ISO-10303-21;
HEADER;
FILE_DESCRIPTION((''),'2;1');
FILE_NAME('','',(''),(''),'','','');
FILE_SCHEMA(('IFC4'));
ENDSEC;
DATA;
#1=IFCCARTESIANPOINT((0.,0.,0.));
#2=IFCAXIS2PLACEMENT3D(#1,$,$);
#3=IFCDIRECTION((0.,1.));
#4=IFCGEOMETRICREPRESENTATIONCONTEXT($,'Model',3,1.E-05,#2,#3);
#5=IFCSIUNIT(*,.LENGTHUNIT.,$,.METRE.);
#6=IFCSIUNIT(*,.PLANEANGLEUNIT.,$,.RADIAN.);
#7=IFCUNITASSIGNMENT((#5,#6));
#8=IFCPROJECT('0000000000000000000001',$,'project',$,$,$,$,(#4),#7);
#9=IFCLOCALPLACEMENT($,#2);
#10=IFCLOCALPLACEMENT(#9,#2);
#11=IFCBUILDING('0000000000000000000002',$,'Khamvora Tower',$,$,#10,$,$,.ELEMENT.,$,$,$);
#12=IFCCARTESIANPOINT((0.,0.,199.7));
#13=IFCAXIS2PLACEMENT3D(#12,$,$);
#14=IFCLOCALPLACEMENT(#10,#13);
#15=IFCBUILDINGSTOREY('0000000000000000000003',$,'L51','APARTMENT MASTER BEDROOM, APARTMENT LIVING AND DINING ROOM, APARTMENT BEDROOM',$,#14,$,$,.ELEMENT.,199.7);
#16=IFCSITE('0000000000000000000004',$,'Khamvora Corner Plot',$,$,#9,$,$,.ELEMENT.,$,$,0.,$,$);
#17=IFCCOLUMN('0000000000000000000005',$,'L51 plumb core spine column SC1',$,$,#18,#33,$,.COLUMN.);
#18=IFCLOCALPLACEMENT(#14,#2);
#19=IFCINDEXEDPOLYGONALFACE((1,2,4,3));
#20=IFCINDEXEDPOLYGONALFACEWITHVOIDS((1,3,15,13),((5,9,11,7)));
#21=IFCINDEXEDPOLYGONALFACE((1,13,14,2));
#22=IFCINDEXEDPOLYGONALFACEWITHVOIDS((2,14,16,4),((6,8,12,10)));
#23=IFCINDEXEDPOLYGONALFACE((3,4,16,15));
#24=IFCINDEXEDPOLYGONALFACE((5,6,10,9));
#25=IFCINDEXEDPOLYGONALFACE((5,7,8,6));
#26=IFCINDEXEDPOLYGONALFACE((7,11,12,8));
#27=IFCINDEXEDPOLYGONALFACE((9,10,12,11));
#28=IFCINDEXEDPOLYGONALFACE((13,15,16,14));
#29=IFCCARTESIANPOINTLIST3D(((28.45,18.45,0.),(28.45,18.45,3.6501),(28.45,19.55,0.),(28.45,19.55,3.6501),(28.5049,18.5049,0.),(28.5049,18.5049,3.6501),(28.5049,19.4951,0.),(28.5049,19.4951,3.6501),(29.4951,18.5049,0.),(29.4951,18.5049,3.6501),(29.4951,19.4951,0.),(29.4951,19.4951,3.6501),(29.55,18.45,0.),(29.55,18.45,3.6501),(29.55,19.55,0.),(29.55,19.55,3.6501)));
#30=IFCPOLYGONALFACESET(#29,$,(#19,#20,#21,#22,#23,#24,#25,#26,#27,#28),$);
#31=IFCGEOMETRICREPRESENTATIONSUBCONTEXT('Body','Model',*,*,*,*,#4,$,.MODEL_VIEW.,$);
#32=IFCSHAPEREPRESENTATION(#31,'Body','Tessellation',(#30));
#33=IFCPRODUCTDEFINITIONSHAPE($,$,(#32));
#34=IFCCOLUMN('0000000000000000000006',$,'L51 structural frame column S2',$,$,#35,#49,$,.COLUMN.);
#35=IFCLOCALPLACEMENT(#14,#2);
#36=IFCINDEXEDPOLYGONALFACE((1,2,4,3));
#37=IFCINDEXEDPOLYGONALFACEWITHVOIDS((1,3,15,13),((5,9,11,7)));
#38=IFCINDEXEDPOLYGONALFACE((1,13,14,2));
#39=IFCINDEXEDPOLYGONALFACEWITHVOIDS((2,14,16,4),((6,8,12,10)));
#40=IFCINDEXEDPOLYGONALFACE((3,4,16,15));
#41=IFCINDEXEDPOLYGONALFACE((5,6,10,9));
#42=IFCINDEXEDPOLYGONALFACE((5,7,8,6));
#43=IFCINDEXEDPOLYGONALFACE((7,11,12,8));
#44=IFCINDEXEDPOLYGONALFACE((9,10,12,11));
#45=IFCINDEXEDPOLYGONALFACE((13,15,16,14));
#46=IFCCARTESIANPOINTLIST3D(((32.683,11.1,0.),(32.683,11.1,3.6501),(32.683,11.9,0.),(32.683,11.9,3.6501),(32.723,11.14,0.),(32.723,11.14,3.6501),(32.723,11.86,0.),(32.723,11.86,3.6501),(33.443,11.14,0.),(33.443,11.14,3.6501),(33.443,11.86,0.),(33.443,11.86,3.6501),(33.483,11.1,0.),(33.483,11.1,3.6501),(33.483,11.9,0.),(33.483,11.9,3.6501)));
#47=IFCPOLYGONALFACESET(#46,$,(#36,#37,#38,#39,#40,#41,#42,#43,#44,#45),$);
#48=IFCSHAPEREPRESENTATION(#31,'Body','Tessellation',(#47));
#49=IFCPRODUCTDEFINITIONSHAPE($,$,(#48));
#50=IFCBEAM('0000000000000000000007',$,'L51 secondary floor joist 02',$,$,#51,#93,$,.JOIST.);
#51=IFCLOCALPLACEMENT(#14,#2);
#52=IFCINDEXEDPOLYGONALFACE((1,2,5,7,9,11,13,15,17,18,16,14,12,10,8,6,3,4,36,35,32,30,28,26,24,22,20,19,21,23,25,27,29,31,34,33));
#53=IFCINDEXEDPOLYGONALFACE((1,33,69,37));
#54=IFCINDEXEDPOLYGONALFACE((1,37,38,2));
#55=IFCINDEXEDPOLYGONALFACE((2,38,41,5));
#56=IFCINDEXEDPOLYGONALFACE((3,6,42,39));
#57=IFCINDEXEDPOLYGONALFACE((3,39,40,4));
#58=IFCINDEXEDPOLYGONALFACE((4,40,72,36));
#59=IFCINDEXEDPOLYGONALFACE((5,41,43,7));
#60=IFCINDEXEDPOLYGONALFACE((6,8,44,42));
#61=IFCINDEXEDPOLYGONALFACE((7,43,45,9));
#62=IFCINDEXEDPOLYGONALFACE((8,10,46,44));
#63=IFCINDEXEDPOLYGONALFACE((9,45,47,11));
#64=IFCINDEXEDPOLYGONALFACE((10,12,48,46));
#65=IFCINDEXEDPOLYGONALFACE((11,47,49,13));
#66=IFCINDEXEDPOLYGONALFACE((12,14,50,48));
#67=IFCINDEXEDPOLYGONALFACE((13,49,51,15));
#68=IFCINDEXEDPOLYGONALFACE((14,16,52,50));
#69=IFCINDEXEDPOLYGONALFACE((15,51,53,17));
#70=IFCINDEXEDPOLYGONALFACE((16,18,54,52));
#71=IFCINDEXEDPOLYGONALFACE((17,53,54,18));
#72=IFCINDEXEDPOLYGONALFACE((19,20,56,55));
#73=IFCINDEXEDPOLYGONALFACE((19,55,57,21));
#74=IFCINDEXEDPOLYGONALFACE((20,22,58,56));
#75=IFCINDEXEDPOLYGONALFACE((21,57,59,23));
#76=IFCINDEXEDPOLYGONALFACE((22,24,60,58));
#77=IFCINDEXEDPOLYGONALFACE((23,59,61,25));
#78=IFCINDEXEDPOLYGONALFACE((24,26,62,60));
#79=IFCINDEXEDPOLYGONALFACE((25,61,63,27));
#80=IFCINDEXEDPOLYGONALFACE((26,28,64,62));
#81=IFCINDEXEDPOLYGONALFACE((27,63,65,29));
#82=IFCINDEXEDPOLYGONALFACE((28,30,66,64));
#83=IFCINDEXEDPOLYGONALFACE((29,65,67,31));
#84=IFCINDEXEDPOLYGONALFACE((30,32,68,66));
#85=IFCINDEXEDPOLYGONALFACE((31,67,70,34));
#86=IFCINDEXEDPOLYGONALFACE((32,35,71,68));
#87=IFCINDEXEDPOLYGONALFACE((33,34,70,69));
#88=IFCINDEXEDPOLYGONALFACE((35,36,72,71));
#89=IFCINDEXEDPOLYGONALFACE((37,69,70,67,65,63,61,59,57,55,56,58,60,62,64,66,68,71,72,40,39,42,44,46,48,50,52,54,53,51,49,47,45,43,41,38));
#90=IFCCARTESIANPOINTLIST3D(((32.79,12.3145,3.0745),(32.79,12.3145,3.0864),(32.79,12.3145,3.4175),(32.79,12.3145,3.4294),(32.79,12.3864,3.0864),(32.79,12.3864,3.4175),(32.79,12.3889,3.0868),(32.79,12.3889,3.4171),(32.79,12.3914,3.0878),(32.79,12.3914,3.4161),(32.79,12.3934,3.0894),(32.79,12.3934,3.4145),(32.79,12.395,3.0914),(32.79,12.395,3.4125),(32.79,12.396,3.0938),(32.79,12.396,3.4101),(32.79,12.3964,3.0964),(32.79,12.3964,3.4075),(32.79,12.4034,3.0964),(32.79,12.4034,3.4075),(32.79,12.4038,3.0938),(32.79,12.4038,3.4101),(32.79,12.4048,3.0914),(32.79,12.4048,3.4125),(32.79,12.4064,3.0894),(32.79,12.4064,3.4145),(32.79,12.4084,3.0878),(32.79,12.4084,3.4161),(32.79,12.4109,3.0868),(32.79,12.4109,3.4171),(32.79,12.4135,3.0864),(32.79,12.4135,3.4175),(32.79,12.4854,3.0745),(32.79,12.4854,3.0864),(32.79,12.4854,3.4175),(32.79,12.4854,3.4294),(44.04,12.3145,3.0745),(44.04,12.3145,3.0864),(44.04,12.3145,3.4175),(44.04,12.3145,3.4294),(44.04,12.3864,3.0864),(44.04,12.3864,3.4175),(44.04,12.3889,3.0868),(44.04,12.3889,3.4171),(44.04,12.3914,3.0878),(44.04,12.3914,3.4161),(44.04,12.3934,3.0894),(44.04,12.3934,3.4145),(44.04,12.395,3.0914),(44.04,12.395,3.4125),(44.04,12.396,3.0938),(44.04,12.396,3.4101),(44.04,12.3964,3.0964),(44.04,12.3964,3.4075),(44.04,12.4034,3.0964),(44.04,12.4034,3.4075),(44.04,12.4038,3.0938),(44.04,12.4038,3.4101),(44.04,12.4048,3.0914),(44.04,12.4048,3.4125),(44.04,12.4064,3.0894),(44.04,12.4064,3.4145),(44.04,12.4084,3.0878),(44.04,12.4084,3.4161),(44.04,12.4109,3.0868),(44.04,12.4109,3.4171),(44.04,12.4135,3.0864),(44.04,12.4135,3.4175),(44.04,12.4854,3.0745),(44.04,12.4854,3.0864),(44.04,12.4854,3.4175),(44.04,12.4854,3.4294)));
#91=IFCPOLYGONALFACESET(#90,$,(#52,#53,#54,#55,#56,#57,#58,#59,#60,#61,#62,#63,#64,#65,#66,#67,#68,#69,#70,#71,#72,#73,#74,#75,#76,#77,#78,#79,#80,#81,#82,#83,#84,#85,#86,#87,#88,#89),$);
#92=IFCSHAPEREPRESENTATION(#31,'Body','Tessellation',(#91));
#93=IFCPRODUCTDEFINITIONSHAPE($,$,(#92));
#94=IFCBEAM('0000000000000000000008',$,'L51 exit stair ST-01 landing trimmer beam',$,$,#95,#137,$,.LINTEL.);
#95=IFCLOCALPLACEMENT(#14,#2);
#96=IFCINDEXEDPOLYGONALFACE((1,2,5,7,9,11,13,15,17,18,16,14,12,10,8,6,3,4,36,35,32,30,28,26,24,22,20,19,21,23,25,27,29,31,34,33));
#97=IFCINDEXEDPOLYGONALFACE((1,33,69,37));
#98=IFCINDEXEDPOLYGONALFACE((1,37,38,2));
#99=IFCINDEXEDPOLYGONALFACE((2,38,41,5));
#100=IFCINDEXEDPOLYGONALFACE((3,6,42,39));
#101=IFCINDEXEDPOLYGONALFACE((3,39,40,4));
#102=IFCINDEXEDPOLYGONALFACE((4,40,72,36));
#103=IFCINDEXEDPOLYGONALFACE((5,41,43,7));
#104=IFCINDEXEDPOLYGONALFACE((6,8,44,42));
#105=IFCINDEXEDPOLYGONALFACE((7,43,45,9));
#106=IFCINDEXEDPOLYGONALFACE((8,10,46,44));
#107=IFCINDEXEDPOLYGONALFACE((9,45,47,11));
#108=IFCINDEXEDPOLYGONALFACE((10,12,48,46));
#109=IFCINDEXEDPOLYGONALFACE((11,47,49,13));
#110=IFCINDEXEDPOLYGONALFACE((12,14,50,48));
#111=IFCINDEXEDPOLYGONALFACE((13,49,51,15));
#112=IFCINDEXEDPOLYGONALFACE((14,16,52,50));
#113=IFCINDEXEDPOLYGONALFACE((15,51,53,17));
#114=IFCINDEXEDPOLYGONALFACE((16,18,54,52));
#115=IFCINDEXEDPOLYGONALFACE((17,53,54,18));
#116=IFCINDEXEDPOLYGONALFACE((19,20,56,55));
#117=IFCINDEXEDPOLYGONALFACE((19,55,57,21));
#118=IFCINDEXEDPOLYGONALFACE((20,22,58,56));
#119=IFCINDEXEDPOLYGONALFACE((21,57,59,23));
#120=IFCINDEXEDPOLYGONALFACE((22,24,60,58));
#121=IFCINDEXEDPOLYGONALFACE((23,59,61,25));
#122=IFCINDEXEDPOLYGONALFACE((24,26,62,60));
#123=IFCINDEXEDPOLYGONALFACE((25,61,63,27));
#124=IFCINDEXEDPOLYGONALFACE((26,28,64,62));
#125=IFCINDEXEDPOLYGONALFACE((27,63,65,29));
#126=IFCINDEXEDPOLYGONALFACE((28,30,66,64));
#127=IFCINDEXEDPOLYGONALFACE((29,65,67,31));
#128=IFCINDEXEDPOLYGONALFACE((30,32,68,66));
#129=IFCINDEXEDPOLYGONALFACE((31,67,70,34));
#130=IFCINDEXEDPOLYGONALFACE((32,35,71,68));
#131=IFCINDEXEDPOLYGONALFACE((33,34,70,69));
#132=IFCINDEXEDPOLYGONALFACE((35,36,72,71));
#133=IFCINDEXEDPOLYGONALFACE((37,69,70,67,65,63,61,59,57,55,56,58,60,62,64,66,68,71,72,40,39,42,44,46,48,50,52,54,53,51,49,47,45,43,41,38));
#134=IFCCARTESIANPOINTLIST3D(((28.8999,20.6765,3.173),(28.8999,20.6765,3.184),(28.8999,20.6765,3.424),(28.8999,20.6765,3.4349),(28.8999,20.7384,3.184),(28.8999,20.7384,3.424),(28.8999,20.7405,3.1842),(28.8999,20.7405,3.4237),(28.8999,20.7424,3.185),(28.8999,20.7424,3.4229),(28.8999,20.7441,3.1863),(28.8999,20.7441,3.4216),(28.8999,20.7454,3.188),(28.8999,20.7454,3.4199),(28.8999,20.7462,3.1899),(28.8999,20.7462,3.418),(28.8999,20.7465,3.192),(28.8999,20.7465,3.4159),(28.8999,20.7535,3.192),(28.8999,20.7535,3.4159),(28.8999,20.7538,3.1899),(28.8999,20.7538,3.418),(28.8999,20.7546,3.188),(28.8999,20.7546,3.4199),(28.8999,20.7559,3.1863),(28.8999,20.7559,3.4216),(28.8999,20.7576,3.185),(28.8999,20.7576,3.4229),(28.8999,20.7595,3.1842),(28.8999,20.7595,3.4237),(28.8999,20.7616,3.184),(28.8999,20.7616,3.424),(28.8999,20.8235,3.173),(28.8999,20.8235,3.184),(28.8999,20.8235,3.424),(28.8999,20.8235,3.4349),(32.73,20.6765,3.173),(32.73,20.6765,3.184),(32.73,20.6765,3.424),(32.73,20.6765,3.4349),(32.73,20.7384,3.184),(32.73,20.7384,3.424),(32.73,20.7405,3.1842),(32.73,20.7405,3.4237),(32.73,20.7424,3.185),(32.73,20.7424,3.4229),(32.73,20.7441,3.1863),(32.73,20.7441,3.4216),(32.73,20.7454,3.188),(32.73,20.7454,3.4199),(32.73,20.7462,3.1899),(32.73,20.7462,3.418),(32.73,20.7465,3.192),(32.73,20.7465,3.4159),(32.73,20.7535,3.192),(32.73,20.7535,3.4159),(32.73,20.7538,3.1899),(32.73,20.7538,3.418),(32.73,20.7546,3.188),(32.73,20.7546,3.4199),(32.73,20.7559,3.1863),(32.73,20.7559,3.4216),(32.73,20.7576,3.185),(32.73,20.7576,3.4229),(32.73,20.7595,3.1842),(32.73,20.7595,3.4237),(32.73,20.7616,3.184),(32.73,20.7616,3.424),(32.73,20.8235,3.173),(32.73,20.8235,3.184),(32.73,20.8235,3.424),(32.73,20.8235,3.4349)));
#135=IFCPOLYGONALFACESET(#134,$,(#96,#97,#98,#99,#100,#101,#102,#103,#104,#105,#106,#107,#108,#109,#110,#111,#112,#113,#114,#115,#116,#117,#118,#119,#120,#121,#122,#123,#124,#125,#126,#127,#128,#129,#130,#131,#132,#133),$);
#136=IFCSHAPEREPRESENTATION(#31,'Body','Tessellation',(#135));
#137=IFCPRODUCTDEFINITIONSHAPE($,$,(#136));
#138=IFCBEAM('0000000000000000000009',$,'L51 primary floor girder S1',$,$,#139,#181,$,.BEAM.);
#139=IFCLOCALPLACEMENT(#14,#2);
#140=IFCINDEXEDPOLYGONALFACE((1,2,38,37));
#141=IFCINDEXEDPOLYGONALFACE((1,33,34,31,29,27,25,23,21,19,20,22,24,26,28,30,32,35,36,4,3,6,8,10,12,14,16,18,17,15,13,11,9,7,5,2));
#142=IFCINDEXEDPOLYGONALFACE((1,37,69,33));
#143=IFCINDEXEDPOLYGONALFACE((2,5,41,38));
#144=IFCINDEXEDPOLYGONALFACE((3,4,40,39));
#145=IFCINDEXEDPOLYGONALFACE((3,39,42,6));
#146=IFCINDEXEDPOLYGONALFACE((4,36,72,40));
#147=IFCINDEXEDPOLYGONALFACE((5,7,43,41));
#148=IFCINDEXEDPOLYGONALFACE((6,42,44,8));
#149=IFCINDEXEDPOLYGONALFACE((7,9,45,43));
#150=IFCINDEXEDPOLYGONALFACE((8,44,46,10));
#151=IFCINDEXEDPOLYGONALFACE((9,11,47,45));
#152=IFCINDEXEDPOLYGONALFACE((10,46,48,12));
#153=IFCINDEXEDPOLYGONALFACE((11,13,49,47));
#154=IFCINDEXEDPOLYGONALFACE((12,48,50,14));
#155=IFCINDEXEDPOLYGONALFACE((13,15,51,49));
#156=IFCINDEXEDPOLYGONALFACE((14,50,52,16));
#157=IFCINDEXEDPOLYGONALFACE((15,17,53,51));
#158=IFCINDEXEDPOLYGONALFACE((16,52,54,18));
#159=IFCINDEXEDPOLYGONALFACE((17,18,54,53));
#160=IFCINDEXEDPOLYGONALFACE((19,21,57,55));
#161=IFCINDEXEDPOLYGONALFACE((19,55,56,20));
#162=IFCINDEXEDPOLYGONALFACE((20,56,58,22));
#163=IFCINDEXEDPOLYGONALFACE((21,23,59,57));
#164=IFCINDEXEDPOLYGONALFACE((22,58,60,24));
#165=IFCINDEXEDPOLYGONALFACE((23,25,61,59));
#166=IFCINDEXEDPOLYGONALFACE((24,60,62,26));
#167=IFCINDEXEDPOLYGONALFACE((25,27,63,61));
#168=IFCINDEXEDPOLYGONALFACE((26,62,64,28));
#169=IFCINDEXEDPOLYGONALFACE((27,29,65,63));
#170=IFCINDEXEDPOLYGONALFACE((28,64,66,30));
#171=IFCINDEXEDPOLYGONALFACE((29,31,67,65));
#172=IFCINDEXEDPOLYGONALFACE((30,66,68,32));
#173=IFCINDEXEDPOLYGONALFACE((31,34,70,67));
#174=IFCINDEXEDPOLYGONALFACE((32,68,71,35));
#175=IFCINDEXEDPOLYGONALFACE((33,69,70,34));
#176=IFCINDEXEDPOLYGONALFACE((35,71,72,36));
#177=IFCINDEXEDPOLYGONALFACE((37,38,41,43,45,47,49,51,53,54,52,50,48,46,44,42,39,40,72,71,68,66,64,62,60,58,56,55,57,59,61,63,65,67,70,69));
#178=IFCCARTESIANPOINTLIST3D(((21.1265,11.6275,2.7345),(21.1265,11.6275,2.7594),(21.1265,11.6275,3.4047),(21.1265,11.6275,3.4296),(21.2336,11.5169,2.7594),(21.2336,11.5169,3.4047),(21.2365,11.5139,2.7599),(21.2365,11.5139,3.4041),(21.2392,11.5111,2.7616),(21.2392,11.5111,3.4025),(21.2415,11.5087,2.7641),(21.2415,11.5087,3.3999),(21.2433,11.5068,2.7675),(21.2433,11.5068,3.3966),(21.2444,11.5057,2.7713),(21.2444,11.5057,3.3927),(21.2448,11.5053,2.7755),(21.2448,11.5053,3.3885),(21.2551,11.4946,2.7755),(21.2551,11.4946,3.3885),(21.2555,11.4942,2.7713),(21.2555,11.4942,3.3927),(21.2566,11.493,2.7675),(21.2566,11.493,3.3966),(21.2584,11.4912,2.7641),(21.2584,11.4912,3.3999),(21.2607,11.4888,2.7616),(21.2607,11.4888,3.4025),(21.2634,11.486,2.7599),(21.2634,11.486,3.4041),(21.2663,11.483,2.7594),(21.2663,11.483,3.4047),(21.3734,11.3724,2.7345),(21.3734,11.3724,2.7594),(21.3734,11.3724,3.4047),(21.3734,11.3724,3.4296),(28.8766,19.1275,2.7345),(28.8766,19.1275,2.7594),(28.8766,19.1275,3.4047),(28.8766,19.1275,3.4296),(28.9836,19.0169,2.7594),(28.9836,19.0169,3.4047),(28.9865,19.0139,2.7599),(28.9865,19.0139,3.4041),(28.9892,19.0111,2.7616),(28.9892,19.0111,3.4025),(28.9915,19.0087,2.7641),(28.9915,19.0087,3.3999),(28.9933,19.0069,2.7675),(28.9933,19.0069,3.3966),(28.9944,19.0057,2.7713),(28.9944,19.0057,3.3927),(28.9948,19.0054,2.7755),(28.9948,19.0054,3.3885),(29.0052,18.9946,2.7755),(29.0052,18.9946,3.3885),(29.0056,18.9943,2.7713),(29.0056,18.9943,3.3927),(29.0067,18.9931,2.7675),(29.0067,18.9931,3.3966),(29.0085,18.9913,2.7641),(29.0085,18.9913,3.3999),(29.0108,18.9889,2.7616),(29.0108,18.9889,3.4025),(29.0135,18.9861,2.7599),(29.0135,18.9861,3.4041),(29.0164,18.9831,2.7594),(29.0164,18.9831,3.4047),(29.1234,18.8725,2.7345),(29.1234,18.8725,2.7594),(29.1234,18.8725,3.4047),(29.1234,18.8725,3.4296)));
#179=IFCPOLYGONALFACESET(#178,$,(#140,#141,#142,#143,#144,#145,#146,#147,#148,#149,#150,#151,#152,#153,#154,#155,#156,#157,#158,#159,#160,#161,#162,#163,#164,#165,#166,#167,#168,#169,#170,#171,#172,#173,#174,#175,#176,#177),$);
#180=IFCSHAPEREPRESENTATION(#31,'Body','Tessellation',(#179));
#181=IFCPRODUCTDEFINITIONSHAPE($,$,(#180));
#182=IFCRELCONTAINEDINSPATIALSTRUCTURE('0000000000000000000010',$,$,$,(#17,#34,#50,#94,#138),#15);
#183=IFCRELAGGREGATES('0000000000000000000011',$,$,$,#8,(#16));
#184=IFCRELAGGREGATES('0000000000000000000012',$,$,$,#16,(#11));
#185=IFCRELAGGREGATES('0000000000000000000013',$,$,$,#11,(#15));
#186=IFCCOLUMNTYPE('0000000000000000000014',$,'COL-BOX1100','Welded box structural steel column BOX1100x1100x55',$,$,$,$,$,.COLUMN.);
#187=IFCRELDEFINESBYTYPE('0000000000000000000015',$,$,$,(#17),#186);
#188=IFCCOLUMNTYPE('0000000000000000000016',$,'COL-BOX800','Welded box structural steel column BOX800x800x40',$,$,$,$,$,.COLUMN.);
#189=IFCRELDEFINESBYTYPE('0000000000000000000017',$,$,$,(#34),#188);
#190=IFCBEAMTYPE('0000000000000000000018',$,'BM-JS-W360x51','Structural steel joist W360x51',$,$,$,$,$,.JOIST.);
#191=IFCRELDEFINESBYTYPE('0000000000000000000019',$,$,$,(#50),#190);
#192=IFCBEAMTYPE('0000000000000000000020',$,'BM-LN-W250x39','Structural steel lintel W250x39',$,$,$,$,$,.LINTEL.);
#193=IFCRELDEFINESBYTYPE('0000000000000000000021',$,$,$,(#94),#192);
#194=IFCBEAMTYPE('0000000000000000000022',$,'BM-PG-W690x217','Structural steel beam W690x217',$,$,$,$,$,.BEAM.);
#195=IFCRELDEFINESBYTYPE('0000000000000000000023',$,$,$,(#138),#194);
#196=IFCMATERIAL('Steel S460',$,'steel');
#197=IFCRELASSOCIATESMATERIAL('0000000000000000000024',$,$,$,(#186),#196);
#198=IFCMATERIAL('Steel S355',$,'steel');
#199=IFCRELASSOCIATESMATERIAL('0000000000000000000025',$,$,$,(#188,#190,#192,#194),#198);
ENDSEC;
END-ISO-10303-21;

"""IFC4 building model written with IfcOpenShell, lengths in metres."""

from ifc_helpers import new_model, si_unit, direction, frame, origin, origin_2d, place, context, subcontext, project, spatial, hollow_rectangle, i_section, extrude, material, material_profile, profile_set, type_object, element, save


model = new_model("IFC4")

# Units and contexts
model_context = context("Model", 3, precision=1e-05, world=origin(), true_north=direction((0.0, 1.0)))
body_context = subcontext(model_context, "Body", "Model", "MODEL_VIEW")
ifc_project = project(units=[si_unit("LENGTHUNIT", "METRE"), si_unit("PLANEANGLEUNIT", "RADIAN")], contexts=[model_context])

# Site, building, storey
site_placement = place(None, origin())
site = spatial("IfcSite", under=ifc_project, at=site_placement, Name="Khamvora Corner Plot", CompositionType="ELEMENT", RefElevation=0.0)
building_placement = place(site_placement, origin())
building = spatial("IfcBuilding", under=site, at=building_placement, Name="Khamvora Tower", CompositionType="ELEMENT")
storey_placement = place(building_placement, frame((0.0, 0.0, 199.7)))
storey = spatial("IfcBuildingStorey", under=building, at=storey_placement, Name="L51", Description="APARTMENT MASTER BEDROOM, APARTMENT LIVING AND DINING ROOM, APARTMENT BEDROOM", CompositionType="ELEMENT", Elevation=199.7)

# Columns
ifc_material_1 = material(Name="Steel S460", Category="steel")
ifc_material_profile_1 = material_profile(ifc_material_1, hollow_rectangle(XDim=1.1001, YDim=1.1001, WallThickness=0.0549, at=origin_2d()), Name="BOX1100x1100x55")
ifc_profile_set_1 = profile_set([ifc_material_profile_1], Name="Steel S460")
column_type_1 = type_object("IfcColumnType", Name="COL-BOX1100", Description="Welded box structural steel column BOX1100x1100x55", PredefinedType="COLUMN", material=ifc_profile_set_1)
column_1_placement = place(storey_placement, frame((29.0, 19.0, 0.0), z_axis=(0.0, 0.0, 1.0), x_axis=(1.0, 0.0, 0.0)))
element("IfcColumn", 1, at=column_1_placement, inside=storey, type_object=column_type_1, Name="L51 plumb core spine column SC1", PredefinedType="COLUMN", context=body_context, shape_type="SweptSolid", body=[
    extrude(hollow_rectangle(XDim=1.1001, YDim=1.1001, WallThickness=0.0549, at=origin_2d()), origin(), (0.0, 0.0, 1.0), 3.6501),
])
ifc_material_2 = material(Name="Steel S355", Category="steel")
ifc_material_profile_2 = material_profile(ifc_material_2, hollow_rectangle(XDim=0.8, YDim=0.8, WallThickness=0.04, at=origin_2d()), Name="BOX800x800x40")
ifc_profile_set_2 = profile_set([ifc_material_profile_2], Name="Steel S355")
column_type_2 = type_object("IfcColumnType", Name="COL-BOX800", Description="Welded box structural steel column BOX800x800x40", PredefinedType="COLUMN", material=ifc_profile_set_2)
column_2_placement = place(storey_placement, frame((33.083, 11.5, 0.0), z_axis=(0.0, 0.0, 1.0), x_axis=(1.0, 0.0, 0.0)))
element("IfcColumn", 2, at=column_2_placement, inside=storey, type_object=column_type_2, Name="L51 structural frame column S2", PredefinedType="COLUMN", context=body_context, shape_type="SweptSolid", body=[
    extrude(hollow_rectangle(XDim=0.8, YDim=0.8, WallThickness=0.04, at=origin_2d()), origin(), (0.0, 0.0, 1.0), 3.6501),
])

# Beams
ifc_material_profile_3 = material_profile(ifc_material_2, i_section(OverallWidth=0.1709, OverallDepth=0.355, WebThickness=0.0071, FlangeThickness=0.012, FilletRadius=0.01, at=origin_2d()), Name="W360x51")
ifc_profile_set_3 = profile_set([ifc_material_profile_3], Name="Steel S355")
beam_type_1 = type_object("IfcBeamType", Name="BM-JS-W360x51", Description="Structural steel joist W360x51", PredefinedType="JOIST", material=ifc_profile_set_3)
beam_1_placement = place(storey_placement, frame((32.79, 12.3999, 3.252), z_axis=(1.0, 0.0, 0.0), x_axis=(0.0, 1.0, 0.0)))
element("IfcBeam", 3, at=beam_1_placement, inside=storey, type_object=beam_type_1, Name="L51 secondary floor joist 02", PredefinedType="JOIST", context=body_context, shape_type="SweptSolid", body=[
    extrude(i_section(OverallWidth=0.1709, OverallDepth=0.355, WebThickness=0.0071, FlangeThickness=0.012, FilletRadius=0.01, at=origin_2d()), origin(), (0.0, 0.0, 1.0), 11.25),
])
ifc_material_profile_4 = material_profile(ifc_material_2, i_section(OverallWidth=0.147, OverallDepth=0.262, WebThickness=0.0071, FlangeThickness=0.011, FilletRadius=0.0081, at=origin_2d()), Name="W250x39")
ifc_profile_set_4 = profile_set([ifc_material_profile_4], Name="Steel S355")
beam_type_2 = type_object("IfcBeamType", Name="BM-LN-W250x39", Description="Structural steel lintel W250x39", PredefinedType="LINTEL", material=ifc_profile_set_4)
beam_2_placement = place(storey_placement, frame((28.8999, 20.75, 3.304), z_axis=(1.0, 0.0, 0.0), x_axis=(0.0, 1.0, 0.0)))
element("IfcBeam", 4, at=beam_2_placement, inside=storey, type_object=beam_type_2, Name="L51 exit stair ST-01 landing trimmer beam", PredefinedType="LINTEL", context=body_context, shape_type="SweptSolid", body=[
    extrude(i_section(OverallWidth=0.147, OverallDepth=0.262, WebThickness=0.0071, FlangeThickness=0.011, FilletRadius=0.0081, at=origin_2d()), origin(), (0.0, 0.0, 1.0), 3.8301),
])
ifc_material_profile_5 = material_profile(ifc_material_2, i_section(OverallWidth=0.355, OverallDepth=0.6951, WebThickness=0.0149, FlangeThickness=0.0249, FilletRadius=0.0161, at=origin_2d()), Name="W690x217")
ifc_profile_set_5 = profile_set([ifc_material_profile_5], Name="Steel S355")
beam_type_3 = type_object("IfcBeamType", Name="BM-PG-W690x217", Description="Structural steel beam W690x217", PredefinedType="BEAM", material=ifc_profile_set_5)
beam_3_placement = place(storey_placement, frame((29.0, 19.0, 3.082), z_axis=(-0.718602, -0.695421, 0.0), x_axis=(0.695421, -0.718602, 0.0)))
element("IfcBeam", 5, at=beam_3_placement, inside=storey, type_object=beam_type_3, Name="L51 primary floor girder S1", PredefinedType="BEAM", context=body_context, shape_type="SweptSolid", body=[
    extrude(i_section(OverallWidth=0.355, OverallDepth=0.6951, WebThickness=0.0149, FlangeThickness=0.0249, FilletRadius=0.0161, at=origin_2d()), origin(), (0.0, 0.0, 1.0), 10.7849),
])

save(model, "model.ifc")
